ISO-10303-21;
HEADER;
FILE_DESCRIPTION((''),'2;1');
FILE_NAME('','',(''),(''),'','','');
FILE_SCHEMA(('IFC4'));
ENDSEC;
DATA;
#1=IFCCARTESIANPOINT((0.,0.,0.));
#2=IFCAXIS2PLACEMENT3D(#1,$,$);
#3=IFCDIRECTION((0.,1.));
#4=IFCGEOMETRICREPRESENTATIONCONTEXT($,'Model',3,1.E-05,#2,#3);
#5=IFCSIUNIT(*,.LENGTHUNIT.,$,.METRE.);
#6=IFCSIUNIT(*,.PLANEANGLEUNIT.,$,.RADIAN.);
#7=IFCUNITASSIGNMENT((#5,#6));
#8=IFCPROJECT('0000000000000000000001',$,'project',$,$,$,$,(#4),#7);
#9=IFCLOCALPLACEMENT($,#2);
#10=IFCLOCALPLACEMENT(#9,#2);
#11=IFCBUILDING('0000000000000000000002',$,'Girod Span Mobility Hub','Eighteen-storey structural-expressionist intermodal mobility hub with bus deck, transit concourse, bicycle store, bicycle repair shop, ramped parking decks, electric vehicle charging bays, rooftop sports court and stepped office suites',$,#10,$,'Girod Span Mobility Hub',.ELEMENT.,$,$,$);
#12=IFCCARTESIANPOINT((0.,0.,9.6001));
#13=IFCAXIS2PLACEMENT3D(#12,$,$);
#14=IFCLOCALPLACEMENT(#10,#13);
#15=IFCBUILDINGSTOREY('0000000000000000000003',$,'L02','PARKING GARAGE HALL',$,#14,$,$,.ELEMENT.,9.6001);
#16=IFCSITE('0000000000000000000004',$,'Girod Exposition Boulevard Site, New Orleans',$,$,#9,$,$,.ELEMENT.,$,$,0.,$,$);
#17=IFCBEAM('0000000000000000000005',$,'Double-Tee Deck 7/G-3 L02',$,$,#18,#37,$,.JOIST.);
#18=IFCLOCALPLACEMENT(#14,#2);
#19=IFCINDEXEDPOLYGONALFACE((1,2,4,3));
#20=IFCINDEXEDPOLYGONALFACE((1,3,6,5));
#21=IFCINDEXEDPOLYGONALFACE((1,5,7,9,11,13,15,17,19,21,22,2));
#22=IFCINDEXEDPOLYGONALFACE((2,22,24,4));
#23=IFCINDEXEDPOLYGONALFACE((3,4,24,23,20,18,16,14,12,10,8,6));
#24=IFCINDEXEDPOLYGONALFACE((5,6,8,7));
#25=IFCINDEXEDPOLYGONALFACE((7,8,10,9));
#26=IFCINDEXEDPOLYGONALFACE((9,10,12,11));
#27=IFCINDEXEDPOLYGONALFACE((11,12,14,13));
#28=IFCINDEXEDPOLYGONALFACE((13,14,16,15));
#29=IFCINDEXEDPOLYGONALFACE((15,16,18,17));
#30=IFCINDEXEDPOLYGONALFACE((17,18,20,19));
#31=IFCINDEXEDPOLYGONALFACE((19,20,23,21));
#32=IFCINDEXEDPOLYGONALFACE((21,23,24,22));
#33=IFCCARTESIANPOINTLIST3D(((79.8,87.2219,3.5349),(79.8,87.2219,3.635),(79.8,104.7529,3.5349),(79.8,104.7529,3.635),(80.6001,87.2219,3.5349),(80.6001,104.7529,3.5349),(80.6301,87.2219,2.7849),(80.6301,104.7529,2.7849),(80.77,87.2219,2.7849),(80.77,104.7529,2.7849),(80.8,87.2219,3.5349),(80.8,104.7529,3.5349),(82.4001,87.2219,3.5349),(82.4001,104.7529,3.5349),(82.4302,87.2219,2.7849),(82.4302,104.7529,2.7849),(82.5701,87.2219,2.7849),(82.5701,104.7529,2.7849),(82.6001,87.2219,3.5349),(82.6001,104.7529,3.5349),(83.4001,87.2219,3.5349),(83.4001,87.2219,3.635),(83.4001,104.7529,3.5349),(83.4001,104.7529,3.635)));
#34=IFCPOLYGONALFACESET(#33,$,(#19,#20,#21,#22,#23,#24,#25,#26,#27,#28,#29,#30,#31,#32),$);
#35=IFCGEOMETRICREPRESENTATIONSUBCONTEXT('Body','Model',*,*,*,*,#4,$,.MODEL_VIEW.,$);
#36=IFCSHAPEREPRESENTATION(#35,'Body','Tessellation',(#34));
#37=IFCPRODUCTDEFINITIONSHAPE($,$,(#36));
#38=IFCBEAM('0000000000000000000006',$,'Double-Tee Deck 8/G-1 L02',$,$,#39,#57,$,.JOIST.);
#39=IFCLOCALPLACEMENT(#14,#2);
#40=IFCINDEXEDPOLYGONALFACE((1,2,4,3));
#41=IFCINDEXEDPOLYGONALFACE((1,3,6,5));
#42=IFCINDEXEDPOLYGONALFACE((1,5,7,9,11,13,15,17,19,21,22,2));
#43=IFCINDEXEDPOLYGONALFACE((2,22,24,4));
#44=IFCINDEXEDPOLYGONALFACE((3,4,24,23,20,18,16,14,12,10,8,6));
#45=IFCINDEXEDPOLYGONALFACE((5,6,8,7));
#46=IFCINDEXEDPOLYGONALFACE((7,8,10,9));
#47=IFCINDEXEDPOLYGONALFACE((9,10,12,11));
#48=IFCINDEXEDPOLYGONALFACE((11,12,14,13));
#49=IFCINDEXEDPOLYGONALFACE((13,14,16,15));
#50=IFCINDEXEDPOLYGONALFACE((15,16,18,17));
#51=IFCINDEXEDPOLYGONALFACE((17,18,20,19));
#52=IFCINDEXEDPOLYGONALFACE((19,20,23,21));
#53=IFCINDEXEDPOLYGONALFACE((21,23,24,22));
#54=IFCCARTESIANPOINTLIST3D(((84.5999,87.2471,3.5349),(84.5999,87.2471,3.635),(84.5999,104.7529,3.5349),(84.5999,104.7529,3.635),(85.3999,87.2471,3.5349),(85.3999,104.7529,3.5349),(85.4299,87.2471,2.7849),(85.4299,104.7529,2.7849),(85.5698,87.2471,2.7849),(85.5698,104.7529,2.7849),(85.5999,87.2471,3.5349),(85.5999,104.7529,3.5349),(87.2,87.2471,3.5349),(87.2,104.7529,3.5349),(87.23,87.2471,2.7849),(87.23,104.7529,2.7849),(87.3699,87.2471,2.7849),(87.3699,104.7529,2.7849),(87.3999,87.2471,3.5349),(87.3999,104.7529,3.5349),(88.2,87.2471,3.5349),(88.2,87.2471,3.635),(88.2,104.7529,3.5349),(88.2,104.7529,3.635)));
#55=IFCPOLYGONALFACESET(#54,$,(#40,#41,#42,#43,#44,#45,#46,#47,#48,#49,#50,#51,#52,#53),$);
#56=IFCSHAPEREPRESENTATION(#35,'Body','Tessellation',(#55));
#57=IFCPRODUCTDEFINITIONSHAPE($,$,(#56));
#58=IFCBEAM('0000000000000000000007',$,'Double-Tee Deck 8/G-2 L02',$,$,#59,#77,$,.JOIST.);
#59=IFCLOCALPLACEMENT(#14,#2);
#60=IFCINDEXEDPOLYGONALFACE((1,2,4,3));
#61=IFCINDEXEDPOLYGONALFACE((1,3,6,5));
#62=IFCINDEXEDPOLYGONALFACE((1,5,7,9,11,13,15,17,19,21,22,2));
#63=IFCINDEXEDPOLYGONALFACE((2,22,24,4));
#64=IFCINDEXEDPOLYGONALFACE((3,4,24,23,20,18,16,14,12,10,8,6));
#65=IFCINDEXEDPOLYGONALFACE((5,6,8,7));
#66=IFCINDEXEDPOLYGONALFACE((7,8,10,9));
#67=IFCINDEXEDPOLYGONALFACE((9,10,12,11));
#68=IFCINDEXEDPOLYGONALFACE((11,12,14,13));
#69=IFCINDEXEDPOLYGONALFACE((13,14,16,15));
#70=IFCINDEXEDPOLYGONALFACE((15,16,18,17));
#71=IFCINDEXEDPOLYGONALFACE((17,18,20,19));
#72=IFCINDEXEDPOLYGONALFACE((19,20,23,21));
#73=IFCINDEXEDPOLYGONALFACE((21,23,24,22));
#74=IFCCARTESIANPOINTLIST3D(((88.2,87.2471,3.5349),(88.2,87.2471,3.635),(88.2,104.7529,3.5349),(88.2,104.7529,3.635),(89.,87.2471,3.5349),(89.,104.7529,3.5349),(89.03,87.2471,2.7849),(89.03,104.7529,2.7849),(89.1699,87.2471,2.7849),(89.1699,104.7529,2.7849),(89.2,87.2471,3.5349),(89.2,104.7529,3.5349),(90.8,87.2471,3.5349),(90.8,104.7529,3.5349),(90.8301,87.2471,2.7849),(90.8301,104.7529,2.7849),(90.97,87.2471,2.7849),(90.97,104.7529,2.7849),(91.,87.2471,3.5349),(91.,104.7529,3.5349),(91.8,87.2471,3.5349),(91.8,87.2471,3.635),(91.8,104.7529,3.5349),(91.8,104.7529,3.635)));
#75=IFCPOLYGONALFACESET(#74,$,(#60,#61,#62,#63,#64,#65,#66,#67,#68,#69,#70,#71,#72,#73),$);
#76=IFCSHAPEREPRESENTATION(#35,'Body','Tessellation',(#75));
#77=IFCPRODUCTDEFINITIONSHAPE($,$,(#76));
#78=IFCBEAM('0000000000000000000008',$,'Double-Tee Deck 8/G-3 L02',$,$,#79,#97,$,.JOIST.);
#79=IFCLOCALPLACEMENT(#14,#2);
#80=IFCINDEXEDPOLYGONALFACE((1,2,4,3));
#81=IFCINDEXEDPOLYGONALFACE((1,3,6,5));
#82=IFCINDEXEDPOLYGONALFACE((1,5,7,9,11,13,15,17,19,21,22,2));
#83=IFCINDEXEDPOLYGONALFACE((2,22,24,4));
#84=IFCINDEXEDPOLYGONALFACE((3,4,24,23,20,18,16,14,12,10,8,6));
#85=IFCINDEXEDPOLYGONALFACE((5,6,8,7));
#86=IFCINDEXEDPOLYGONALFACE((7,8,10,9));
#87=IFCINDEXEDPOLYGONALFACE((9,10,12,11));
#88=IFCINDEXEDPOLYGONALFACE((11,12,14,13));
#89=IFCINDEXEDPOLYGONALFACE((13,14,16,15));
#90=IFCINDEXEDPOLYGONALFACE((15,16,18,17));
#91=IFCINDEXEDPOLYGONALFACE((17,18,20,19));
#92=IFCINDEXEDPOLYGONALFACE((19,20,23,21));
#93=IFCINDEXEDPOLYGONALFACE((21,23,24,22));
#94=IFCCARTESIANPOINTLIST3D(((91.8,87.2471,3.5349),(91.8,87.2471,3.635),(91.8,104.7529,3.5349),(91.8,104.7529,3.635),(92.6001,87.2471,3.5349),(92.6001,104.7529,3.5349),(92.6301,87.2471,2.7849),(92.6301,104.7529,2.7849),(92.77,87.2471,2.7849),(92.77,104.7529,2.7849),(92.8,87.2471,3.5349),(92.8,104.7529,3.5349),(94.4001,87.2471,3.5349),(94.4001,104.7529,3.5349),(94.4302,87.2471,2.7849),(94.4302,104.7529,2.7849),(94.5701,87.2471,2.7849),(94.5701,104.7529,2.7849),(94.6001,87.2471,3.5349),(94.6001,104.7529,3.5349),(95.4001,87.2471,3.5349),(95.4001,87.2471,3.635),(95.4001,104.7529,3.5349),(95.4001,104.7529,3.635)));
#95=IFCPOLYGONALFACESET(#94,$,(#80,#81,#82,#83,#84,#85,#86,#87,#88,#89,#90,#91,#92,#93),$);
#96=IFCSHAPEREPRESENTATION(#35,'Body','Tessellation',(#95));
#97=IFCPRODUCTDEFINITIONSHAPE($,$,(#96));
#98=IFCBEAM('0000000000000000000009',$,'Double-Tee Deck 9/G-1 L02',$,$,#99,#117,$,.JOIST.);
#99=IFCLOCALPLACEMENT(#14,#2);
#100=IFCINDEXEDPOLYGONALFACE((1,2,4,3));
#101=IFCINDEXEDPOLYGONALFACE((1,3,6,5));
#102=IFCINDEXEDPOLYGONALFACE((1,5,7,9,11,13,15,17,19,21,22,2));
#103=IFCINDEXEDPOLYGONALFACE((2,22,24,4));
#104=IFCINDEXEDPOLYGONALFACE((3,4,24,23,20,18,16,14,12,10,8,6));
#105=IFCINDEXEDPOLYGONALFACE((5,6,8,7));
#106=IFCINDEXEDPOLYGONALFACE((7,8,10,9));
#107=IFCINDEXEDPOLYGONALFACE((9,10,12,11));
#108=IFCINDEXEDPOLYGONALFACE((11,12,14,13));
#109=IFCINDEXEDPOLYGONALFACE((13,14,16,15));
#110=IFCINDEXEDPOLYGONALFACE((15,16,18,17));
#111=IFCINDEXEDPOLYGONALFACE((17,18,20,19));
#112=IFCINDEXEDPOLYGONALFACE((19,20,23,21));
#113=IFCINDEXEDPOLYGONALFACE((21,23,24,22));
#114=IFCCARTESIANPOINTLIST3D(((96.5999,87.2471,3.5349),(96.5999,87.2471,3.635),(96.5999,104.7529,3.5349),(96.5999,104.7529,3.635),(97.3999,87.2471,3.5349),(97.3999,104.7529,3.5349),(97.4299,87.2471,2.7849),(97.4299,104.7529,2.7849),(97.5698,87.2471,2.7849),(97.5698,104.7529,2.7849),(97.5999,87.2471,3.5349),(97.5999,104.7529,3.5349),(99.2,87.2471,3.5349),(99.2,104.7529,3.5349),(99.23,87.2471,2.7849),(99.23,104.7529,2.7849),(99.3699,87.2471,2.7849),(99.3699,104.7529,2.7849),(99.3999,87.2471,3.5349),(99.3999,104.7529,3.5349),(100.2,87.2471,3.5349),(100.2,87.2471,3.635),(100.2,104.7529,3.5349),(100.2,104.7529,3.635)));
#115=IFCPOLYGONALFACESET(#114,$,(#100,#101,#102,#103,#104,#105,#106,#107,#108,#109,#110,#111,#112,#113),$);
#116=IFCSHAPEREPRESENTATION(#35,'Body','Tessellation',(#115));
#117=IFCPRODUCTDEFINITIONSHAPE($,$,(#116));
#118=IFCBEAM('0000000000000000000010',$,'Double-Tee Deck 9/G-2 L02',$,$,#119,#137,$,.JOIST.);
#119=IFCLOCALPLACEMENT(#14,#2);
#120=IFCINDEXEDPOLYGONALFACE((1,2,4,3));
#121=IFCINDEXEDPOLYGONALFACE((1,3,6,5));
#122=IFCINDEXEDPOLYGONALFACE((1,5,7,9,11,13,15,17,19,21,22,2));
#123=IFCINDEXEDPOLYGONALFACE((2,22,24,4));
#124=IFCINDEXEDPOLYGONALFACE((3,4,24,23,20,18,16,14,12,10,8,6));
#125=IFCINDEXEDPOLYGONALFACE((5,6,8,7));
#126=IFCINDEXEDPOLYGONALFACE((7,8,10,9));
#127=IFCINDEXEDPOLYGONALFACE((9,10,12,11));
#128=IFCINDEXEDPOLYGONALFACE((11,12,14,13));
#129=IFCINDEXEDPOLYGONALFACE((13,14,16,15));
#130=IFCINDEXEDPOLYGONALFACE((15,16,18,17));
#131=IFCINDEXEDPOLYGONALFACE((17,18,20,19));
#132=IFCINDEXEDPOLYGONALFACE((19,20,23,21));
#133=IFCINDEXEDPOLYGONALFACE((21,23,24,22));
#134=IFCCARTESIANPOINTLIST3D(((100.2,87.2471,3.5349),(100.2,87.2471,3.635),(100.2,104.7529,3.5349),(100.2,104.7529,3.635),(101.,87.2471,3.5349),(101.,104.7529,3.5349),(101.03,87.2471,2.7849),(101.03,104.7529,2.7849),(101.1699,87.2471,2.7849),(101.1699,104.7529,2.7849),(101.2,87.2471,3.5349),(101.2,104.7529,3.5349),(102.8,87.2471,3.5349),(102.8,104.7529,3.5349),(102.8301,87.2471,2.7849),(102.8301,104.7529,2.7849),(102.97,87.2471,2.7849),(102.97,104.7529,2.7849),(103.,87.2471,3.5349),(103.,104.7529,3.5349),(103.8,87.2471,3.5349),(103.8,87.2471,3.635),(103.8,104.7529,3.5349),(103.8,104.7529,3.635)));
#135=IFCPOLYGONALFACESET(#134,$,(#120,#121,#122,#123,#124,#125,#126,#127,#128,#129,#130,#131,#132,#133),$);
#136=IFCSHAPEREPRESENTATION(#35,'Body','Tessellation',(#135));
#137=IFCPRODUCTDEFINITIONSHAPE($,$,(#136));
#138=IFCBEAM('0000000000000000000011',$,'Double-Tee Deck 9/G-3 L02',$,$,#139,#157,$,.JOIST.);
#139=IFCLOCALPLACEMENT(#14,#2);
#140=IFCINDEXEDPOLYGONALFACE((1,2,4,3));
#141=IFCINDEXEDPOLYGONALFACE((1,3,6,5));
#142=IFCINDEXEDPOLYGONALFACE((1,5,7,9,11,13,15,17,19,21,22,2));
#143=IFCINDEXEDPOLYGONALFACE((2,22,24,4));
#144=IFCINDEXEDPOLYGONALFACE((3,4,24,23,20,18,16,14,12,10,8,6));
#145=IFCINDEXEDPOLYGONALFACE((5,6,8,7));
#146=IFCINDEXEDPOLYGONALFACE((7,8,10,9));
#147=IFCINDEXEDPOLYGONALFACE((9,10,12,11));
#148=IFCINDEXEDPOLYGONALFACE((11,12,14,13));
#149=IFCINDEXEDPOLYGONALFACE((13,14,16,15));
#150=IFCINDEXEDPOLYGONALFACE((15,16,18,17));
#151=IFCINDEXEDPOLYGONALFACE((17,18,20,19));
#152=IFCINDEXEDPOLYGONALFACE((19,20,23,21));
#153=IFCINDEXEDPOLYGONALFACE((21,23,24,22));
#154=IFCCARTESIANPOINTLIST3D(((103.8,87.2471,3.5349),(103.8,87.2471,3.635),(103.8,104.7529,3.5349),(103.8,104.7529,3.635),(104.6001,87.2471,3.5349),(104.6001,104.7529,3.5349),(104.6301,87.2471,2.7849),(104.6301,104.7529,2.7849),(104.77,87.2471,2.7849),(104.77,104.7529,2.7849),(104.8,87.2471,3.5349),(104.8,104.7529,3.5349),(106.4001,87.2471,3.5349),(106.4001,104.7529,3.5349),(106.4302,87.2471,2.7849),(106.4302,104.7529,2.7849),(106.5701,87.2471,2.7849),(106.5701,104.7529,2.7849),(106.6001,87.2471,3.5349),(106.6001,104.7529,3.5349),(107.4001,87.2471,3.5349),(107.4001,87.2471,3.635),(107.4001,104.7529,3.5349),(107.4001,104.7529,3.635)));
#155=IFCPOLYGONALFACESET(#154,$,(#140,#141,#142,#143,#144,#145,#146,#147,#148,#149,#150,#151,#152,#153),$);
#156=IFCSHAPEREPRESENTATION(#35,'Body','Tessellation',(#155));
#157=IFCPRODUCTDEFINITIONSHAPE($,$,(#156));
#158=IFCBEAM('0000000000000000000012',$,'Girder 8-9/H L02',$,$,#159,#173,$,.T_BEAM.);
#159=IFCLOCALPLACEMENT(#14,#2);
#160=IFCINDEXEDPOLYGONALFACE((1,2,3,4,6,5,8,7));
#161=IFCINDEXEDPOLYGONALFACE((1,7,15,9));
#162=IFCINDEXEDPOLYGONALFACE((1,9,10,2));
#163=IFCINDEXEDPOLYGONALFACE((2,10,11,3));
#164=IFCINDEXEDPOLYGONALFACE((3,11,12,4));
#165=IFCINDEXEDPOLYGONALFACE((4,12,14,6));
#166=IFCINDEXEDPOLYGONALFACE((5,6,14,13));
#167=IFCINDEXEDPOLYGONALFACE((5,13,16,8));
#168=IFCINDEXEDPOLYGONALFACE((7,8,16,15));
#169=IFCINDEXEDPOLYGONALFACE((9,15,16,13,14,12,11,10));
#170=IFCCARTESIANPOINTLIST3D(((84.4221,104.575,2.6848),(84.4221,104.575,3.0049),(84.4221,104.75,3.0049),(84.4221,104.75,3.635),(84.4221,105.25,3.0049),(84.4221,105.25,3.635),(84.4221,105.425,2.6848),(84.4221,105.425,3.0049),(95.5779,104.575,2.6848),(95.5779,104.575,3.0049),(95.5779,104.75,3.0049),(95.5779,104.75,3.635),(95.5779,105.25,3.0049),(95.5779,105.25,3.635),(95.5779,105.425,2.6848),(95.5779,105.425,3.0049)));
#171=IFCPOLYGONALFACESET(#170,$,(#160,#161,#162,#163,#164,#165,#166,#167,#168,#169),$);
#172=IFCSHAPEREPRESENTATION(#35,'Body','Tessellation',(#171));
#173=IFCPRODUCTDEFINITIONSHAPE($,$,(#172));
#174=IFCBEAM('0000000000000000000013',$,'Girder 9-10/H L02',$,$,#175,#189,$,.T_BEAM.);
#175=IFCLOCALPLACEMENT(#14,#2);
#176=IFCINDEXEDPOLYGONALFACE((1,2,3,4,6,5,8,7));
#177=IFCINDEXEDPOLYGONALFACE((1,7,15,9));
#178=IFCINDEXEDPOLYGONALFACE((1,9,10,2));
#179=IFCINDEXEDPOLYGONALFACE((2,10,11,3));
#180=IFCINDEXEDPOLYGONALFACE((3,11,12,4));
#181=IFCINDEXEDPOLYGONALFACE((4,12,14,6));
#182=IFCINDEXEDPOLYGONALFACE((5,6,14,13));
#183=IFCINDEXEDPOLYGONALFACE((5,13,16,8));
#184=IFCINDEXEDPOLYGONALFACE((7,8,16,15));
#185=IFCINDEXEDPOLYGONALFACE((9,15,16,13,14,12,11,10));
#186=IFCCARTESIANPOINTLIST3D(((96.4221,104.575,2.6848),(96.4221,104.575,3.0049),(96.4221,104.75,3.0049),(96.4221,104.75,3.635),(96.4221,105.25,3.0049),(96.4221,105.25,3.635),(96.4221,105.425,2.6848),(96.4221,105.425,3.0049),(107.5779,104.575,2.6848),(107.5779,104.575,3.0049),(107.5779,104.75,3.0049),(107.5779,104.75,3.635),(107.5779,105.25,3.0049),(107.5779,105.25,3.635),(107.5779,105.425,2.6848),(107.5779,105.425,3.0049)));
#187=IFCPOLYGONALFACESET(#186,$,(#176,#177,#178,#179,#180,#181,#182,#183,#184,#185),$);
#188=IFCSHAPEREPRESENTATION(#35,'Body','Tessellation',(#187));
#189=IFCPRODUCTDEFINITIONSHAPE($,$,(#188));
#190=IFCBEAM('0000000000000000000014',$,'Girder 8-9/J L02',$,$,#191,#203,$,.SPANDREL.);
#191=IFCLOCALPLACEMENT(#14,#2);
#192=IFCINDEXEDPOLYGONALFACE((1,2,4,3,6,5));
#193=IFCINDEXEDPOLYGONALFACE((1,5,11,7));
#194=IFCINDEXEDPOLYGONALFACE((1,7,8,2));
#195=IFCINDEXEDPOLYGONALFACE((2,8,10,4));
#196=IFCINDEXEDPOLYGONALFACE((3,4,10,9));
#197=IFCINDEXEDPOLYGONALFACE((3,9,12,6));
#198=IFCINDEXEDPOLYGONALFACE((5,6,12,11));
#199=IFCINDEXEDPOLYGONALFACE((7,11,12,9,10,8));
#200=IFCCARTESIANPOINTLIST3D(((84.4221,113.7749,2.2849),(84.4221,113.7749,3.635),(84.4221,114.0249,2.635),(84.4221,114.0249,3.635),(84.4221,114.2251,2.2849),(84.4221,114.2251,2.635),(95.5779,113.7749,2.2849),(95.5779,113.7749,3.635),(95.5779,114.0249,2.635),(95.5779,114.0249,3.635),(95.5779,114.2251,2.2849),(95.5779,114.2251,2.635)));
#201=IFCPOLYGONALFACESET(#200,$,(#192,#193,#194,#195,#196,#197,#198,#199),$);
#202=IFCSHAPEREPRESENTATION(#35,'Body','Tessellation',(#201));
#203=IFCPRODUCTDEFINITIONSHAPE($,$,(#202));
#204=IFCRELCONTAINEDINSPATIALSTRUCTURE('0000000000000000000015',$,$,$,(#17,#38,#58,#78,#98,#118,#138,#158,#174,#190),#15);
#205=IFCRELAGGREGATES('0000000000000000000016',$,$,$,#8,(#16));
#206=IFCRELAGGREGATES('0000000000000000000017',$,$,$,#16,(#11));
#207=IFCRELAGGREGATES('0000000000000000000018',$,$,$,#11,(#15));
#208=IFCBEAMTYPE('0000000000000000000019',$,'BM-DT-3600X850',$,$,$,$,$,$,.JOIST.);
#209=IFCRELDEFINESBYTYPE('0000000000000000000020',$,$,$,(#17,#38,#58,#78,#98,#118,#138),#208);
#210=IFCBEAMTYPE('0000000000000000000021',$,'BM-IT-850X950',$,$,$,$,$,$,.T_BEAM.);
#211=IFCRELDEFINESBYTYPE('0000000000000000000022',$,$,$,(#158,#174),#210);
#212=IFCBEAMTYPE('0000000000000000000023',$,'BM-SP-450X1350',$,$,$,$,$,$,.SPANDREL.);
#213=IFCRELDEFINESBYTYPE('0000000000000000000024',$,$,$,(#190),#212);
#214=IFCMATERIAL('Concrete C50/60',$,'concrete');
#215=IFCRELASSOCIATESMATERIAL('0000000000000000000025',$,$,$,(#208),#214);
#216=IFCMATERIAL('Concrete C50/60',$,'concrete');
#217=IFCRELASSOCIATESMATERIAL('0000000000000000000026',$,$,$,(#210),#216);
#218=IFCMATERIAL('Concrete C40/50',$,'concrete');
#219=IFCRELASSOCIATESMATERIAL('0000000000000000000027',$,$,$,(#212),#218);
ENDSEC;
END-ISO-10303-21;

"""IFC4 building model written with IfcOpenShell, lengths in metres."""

from ifc_helpers import new_model, si_unit, direction, frame, origin, place, context, subcontext, project, spatial, polyline, outline, extrude, material, material_profile, profile_set, type_object, element, save


model = new_model("IFC4")

# Units and contexts
model_context = context("Model", 3, precision=1e-05, world=origin(), true_north=direction((0.0, 1.0)))
body_context = subcontext(model_context, "Body", "Model", "MODEL_VIEW")
ifc_project = project(units=[si_unit("LENGTHUNIT", "METRE"), si_unit("PLANEANGLEUNIT", "RADIAN")], contexts=[model_context])

# Site, building, storey
site_placement = place(None, origin())
site = spatial("IfcSite", under=ifc_project, at=site_placement, Name="Girod Exposition Boulevard Site, New Orleans", CompositionType="ELEMENT", RefElevation=0.0)
building_placement = place(site_placement, origin())
building = spatial("IfcBuilding", under=site, at=building_placement, Name="Girod Span Mobility Hub", Description="Eighteen-storey structural-expressionist intermodal mobility hub with bus deck, transit concourse, bicycle store, bicycle repair shop, ramped parking decks, electric vehicle charging bays, rooftop sports court and stepped office suites", LongName="Girod Span Mobility Hub", CompositionType="ELEMENT")
storey_placement = place(building_placement, frame((0.0, 0.0, 9.6001)))
storey = spatial("IfcBuildingStorey", under=building, at=storey_placement, Name="L02", Description="PARKING GARAGE HALL", CompositionType="ELEMENT", Elevation=9.6001)

# Beams
ifc_material_1 = material(Name="Concrete C50/60", Category="concrete")
ifc_material_profile_1 = material_profile(ifc_material_1, outline(polyline([(-1.8, 0.425), (-1.8, 0.325), (-1.0, 0.325), (-0.97, -0.425), (-0.8301, -0.425), (-0.8, 0.325), (0.8, 0.325), (0.8301, -0.425), (0.97, -0.425), (1.0, 0.325), (1.8, 0.325), (1.8, 0.425), (-1.8, 0.425)])), Name="DT-3600X850")
ifc_profile_set_1 = profile_set([ifc_material_profile_1], Name="Concrete C50/60")
beam_type_1 = type_object("IfcBeamType", Name="BM-DT-3600X850", PredefinedType="JOIST", material=ifc_profile_set_1)
beam_1_placement = place(storey_placement, frame((81.6001, 87.2219, 3.21), z_axis=(0.0, 1.0, 0.0), x_axis=(-1.0, 0.0, 0.0)))
element("IfcBeam", 1, at=beam_1_placement, inside=storey, type_object=beam_type_1, Name="Double-Tee Deck 7/G-3 L02", PredefinedType="JOIST", context=body_context, shape_type="SweptSolid", body=[
    extrude(outline(polyline([(-1.8, 0.425), (-1.8, 0.325), (-1.0, 0.325), (-0.97, -0.425), (-0.8301, -0.425), (-0.8, 0.325), (0.8, 0.325), (0.8301, -0.425), (0.97, -0.425), (1.0, 0.325), (1.8, 0.325), (1.8, 0.425), (-1.8, 0.425)])), origin(), (0.0, 0.0, 1.0), 17.531),
])
for number, where, z_axis, x_axis, name in (
    (2, (86.3999, 87.2471, 3.21), (0.0, 1.0, 0.0), (-1.0, 0.0, 0.0), "Double-Tee Deck 8/G-1 L02"),
    (3, (90.0, 87.2471, 3.21), (0.0, 1.0, 0.0), (-1.0, 0.0, 0.0), "Double-Tee Deck 8/G-2 L02"),
    (4, (93.6001, 87.2471, 3.21), (0.0, 1.0, 0.0), (-1.0, 0.0, 0.0), "Double-Tee Deck 8/G-3 L02"),
    (5, (98.3999, 87.2471, 3.21), (0.0, 1.0, 0.0), (-1.0, 0.0, 0.0), "Double-Tee Deck 9/G-1 L02"),
    (6, (102.0, 87.2471, 3.21), (0.0, 1.0, 0.0), (-1.0, 0.0, 0.0), "Double-Tee Deck 9/G-2 L02"),
    (7, (105.6001, 87.2471, 3.21), (0.0, 1.0, 0.0), (-1.0, 0.0, 0.0), "Double-Tee Deck 9/G-3 L02"),
):
    element("IfcBeam", number, at=place(storey_placement, frame(where, z_axis=z_axis, x_axis=x_axis)), inside=storey, type_object=beam_type_1, Name=name, PredefinedType="JOIST", context=body_context, shape_type="SweptSolid", body=[
        extrude(outline(polyline([(-1.8, 0.425), (-1.8, 0.325), (-1.0, 0.325), (-0.97, -0.425), (-0.8301, -0.425), (-0.8, 0.325), (0.8, 0.325), (0.8301, -0.425), (0.97, -0.425), (1.0, 0.325), (1.8, 0.325), (1.8, 0.425), (-1.8, 0.425)])), origin(), (0.0, 0.0, 1.0), 17.5059),
    ])
ifc_material_2 = material(Name="Concrete C50/60", Category="concrete")
ifc_material_profile_2 = material_profile(ifc_material_2, outline(polyline([(-0.425, -0.4751), (0.425, -0.4751), (0.425, -0.155), (0.25, -0.155), (0.25, 0.4751), (-0.25, 0.4751), (-0.25, -0.155), (-0.425, -0.155), (-0.425, -0.4751)])), Name="IT-850X950")
ifc_profile_set_2 = profile_set([ifc_material_profile_2], Name="Concrete C50/60")
beam_type_2 = type_object("IfcBeamType", Name="BM-IT-850X950", PredefinedType="T_BEAM", material=ifc_profile_set_2)
for number, where, z_axis, x_axis, name in (
    (8, (84.4221, 105.0, 3.1599), (1.0, 0.0, 0.0), (0.0, 1.0, 0.0), "Girder 8-9/H L02"),
    (9, (96.4221, 105.0, 3.1599), (1.0, 0.0, 0.0), (0.0, 1.0, 0.0), "Girder 9-10/H L02"),
):
    element("IfcBeam", number, at=place(storey_placement, frame(where, z_axis=z_axis, x_axis=x_axis)), inside=storey, type_object=beam_type_2, Name=name, PredefinedType="T_BEAM", context=body_context, shape_type="SweptSolid", body=[
        extrude(outline(polyline([(-0.425, -0.4751), (0.425, -0.4751), (0.425, -0.155), (0.25, -0.155), (0.25, 0.4751), (-0.25, 0.4751), (-0.25, -0.155), (-0.425, -0.155), (-0.425, -0.4751)])), origin(), (0.0, 0.0, 1.0), 11.1558),
    ])
ifc_material_3 = material(Name="Concrete C40/50", Category="concrete")
ifc_material_profile_3 = material_profile(ifc_material_3, outline(polyline([(-0.2251, -0.675), (0.2251, -0.675), (0.2251, -0.325), (0.0249, -0.325), (0.0249, 0.675), (-0.2251, 0.675), (-0.2251, -0.675)])), Name="SP-450X1350")
ifc_profile_set_3 = profile_set([ifc_material_profile_3], Name="Concrete C40/50")
beam_type_3 = type_object("IfcBeamType", Name="BM-SP-450X1350", PredefinedType="SPANDREL", material=ifc_profile_set_3)
for number, where, z_axis, x_axis, name in (
    (10, (84.4221, 114.0, 2.96), (1.0, 0.0, 0.0), (0.0, 1.0, 0.0), "Girder 8-9/J L02"),
):
    element("IfcBeam", number, at=place(storey_placement, frame(where, z_axis=z_axis, x_axis=x_axis)), inside=storey, type_object=beam_type_3, Name=name, PredefinedType="SPANDREL", context=body_context, shape_type="SweptSolid", body=[
        extrude(outline(polyline([(-0.2251, -0.675), (0.2251, -0.675), (0.2251, -0.325), (0.0249, -0.325), (0.0249, 0.675), (-0.2251, 0.675), (-0.2251, -0.675)])), origin(), (0.0, 0.0, 1.0), 11.1558),
    ])

save(model, "model.ifc")
